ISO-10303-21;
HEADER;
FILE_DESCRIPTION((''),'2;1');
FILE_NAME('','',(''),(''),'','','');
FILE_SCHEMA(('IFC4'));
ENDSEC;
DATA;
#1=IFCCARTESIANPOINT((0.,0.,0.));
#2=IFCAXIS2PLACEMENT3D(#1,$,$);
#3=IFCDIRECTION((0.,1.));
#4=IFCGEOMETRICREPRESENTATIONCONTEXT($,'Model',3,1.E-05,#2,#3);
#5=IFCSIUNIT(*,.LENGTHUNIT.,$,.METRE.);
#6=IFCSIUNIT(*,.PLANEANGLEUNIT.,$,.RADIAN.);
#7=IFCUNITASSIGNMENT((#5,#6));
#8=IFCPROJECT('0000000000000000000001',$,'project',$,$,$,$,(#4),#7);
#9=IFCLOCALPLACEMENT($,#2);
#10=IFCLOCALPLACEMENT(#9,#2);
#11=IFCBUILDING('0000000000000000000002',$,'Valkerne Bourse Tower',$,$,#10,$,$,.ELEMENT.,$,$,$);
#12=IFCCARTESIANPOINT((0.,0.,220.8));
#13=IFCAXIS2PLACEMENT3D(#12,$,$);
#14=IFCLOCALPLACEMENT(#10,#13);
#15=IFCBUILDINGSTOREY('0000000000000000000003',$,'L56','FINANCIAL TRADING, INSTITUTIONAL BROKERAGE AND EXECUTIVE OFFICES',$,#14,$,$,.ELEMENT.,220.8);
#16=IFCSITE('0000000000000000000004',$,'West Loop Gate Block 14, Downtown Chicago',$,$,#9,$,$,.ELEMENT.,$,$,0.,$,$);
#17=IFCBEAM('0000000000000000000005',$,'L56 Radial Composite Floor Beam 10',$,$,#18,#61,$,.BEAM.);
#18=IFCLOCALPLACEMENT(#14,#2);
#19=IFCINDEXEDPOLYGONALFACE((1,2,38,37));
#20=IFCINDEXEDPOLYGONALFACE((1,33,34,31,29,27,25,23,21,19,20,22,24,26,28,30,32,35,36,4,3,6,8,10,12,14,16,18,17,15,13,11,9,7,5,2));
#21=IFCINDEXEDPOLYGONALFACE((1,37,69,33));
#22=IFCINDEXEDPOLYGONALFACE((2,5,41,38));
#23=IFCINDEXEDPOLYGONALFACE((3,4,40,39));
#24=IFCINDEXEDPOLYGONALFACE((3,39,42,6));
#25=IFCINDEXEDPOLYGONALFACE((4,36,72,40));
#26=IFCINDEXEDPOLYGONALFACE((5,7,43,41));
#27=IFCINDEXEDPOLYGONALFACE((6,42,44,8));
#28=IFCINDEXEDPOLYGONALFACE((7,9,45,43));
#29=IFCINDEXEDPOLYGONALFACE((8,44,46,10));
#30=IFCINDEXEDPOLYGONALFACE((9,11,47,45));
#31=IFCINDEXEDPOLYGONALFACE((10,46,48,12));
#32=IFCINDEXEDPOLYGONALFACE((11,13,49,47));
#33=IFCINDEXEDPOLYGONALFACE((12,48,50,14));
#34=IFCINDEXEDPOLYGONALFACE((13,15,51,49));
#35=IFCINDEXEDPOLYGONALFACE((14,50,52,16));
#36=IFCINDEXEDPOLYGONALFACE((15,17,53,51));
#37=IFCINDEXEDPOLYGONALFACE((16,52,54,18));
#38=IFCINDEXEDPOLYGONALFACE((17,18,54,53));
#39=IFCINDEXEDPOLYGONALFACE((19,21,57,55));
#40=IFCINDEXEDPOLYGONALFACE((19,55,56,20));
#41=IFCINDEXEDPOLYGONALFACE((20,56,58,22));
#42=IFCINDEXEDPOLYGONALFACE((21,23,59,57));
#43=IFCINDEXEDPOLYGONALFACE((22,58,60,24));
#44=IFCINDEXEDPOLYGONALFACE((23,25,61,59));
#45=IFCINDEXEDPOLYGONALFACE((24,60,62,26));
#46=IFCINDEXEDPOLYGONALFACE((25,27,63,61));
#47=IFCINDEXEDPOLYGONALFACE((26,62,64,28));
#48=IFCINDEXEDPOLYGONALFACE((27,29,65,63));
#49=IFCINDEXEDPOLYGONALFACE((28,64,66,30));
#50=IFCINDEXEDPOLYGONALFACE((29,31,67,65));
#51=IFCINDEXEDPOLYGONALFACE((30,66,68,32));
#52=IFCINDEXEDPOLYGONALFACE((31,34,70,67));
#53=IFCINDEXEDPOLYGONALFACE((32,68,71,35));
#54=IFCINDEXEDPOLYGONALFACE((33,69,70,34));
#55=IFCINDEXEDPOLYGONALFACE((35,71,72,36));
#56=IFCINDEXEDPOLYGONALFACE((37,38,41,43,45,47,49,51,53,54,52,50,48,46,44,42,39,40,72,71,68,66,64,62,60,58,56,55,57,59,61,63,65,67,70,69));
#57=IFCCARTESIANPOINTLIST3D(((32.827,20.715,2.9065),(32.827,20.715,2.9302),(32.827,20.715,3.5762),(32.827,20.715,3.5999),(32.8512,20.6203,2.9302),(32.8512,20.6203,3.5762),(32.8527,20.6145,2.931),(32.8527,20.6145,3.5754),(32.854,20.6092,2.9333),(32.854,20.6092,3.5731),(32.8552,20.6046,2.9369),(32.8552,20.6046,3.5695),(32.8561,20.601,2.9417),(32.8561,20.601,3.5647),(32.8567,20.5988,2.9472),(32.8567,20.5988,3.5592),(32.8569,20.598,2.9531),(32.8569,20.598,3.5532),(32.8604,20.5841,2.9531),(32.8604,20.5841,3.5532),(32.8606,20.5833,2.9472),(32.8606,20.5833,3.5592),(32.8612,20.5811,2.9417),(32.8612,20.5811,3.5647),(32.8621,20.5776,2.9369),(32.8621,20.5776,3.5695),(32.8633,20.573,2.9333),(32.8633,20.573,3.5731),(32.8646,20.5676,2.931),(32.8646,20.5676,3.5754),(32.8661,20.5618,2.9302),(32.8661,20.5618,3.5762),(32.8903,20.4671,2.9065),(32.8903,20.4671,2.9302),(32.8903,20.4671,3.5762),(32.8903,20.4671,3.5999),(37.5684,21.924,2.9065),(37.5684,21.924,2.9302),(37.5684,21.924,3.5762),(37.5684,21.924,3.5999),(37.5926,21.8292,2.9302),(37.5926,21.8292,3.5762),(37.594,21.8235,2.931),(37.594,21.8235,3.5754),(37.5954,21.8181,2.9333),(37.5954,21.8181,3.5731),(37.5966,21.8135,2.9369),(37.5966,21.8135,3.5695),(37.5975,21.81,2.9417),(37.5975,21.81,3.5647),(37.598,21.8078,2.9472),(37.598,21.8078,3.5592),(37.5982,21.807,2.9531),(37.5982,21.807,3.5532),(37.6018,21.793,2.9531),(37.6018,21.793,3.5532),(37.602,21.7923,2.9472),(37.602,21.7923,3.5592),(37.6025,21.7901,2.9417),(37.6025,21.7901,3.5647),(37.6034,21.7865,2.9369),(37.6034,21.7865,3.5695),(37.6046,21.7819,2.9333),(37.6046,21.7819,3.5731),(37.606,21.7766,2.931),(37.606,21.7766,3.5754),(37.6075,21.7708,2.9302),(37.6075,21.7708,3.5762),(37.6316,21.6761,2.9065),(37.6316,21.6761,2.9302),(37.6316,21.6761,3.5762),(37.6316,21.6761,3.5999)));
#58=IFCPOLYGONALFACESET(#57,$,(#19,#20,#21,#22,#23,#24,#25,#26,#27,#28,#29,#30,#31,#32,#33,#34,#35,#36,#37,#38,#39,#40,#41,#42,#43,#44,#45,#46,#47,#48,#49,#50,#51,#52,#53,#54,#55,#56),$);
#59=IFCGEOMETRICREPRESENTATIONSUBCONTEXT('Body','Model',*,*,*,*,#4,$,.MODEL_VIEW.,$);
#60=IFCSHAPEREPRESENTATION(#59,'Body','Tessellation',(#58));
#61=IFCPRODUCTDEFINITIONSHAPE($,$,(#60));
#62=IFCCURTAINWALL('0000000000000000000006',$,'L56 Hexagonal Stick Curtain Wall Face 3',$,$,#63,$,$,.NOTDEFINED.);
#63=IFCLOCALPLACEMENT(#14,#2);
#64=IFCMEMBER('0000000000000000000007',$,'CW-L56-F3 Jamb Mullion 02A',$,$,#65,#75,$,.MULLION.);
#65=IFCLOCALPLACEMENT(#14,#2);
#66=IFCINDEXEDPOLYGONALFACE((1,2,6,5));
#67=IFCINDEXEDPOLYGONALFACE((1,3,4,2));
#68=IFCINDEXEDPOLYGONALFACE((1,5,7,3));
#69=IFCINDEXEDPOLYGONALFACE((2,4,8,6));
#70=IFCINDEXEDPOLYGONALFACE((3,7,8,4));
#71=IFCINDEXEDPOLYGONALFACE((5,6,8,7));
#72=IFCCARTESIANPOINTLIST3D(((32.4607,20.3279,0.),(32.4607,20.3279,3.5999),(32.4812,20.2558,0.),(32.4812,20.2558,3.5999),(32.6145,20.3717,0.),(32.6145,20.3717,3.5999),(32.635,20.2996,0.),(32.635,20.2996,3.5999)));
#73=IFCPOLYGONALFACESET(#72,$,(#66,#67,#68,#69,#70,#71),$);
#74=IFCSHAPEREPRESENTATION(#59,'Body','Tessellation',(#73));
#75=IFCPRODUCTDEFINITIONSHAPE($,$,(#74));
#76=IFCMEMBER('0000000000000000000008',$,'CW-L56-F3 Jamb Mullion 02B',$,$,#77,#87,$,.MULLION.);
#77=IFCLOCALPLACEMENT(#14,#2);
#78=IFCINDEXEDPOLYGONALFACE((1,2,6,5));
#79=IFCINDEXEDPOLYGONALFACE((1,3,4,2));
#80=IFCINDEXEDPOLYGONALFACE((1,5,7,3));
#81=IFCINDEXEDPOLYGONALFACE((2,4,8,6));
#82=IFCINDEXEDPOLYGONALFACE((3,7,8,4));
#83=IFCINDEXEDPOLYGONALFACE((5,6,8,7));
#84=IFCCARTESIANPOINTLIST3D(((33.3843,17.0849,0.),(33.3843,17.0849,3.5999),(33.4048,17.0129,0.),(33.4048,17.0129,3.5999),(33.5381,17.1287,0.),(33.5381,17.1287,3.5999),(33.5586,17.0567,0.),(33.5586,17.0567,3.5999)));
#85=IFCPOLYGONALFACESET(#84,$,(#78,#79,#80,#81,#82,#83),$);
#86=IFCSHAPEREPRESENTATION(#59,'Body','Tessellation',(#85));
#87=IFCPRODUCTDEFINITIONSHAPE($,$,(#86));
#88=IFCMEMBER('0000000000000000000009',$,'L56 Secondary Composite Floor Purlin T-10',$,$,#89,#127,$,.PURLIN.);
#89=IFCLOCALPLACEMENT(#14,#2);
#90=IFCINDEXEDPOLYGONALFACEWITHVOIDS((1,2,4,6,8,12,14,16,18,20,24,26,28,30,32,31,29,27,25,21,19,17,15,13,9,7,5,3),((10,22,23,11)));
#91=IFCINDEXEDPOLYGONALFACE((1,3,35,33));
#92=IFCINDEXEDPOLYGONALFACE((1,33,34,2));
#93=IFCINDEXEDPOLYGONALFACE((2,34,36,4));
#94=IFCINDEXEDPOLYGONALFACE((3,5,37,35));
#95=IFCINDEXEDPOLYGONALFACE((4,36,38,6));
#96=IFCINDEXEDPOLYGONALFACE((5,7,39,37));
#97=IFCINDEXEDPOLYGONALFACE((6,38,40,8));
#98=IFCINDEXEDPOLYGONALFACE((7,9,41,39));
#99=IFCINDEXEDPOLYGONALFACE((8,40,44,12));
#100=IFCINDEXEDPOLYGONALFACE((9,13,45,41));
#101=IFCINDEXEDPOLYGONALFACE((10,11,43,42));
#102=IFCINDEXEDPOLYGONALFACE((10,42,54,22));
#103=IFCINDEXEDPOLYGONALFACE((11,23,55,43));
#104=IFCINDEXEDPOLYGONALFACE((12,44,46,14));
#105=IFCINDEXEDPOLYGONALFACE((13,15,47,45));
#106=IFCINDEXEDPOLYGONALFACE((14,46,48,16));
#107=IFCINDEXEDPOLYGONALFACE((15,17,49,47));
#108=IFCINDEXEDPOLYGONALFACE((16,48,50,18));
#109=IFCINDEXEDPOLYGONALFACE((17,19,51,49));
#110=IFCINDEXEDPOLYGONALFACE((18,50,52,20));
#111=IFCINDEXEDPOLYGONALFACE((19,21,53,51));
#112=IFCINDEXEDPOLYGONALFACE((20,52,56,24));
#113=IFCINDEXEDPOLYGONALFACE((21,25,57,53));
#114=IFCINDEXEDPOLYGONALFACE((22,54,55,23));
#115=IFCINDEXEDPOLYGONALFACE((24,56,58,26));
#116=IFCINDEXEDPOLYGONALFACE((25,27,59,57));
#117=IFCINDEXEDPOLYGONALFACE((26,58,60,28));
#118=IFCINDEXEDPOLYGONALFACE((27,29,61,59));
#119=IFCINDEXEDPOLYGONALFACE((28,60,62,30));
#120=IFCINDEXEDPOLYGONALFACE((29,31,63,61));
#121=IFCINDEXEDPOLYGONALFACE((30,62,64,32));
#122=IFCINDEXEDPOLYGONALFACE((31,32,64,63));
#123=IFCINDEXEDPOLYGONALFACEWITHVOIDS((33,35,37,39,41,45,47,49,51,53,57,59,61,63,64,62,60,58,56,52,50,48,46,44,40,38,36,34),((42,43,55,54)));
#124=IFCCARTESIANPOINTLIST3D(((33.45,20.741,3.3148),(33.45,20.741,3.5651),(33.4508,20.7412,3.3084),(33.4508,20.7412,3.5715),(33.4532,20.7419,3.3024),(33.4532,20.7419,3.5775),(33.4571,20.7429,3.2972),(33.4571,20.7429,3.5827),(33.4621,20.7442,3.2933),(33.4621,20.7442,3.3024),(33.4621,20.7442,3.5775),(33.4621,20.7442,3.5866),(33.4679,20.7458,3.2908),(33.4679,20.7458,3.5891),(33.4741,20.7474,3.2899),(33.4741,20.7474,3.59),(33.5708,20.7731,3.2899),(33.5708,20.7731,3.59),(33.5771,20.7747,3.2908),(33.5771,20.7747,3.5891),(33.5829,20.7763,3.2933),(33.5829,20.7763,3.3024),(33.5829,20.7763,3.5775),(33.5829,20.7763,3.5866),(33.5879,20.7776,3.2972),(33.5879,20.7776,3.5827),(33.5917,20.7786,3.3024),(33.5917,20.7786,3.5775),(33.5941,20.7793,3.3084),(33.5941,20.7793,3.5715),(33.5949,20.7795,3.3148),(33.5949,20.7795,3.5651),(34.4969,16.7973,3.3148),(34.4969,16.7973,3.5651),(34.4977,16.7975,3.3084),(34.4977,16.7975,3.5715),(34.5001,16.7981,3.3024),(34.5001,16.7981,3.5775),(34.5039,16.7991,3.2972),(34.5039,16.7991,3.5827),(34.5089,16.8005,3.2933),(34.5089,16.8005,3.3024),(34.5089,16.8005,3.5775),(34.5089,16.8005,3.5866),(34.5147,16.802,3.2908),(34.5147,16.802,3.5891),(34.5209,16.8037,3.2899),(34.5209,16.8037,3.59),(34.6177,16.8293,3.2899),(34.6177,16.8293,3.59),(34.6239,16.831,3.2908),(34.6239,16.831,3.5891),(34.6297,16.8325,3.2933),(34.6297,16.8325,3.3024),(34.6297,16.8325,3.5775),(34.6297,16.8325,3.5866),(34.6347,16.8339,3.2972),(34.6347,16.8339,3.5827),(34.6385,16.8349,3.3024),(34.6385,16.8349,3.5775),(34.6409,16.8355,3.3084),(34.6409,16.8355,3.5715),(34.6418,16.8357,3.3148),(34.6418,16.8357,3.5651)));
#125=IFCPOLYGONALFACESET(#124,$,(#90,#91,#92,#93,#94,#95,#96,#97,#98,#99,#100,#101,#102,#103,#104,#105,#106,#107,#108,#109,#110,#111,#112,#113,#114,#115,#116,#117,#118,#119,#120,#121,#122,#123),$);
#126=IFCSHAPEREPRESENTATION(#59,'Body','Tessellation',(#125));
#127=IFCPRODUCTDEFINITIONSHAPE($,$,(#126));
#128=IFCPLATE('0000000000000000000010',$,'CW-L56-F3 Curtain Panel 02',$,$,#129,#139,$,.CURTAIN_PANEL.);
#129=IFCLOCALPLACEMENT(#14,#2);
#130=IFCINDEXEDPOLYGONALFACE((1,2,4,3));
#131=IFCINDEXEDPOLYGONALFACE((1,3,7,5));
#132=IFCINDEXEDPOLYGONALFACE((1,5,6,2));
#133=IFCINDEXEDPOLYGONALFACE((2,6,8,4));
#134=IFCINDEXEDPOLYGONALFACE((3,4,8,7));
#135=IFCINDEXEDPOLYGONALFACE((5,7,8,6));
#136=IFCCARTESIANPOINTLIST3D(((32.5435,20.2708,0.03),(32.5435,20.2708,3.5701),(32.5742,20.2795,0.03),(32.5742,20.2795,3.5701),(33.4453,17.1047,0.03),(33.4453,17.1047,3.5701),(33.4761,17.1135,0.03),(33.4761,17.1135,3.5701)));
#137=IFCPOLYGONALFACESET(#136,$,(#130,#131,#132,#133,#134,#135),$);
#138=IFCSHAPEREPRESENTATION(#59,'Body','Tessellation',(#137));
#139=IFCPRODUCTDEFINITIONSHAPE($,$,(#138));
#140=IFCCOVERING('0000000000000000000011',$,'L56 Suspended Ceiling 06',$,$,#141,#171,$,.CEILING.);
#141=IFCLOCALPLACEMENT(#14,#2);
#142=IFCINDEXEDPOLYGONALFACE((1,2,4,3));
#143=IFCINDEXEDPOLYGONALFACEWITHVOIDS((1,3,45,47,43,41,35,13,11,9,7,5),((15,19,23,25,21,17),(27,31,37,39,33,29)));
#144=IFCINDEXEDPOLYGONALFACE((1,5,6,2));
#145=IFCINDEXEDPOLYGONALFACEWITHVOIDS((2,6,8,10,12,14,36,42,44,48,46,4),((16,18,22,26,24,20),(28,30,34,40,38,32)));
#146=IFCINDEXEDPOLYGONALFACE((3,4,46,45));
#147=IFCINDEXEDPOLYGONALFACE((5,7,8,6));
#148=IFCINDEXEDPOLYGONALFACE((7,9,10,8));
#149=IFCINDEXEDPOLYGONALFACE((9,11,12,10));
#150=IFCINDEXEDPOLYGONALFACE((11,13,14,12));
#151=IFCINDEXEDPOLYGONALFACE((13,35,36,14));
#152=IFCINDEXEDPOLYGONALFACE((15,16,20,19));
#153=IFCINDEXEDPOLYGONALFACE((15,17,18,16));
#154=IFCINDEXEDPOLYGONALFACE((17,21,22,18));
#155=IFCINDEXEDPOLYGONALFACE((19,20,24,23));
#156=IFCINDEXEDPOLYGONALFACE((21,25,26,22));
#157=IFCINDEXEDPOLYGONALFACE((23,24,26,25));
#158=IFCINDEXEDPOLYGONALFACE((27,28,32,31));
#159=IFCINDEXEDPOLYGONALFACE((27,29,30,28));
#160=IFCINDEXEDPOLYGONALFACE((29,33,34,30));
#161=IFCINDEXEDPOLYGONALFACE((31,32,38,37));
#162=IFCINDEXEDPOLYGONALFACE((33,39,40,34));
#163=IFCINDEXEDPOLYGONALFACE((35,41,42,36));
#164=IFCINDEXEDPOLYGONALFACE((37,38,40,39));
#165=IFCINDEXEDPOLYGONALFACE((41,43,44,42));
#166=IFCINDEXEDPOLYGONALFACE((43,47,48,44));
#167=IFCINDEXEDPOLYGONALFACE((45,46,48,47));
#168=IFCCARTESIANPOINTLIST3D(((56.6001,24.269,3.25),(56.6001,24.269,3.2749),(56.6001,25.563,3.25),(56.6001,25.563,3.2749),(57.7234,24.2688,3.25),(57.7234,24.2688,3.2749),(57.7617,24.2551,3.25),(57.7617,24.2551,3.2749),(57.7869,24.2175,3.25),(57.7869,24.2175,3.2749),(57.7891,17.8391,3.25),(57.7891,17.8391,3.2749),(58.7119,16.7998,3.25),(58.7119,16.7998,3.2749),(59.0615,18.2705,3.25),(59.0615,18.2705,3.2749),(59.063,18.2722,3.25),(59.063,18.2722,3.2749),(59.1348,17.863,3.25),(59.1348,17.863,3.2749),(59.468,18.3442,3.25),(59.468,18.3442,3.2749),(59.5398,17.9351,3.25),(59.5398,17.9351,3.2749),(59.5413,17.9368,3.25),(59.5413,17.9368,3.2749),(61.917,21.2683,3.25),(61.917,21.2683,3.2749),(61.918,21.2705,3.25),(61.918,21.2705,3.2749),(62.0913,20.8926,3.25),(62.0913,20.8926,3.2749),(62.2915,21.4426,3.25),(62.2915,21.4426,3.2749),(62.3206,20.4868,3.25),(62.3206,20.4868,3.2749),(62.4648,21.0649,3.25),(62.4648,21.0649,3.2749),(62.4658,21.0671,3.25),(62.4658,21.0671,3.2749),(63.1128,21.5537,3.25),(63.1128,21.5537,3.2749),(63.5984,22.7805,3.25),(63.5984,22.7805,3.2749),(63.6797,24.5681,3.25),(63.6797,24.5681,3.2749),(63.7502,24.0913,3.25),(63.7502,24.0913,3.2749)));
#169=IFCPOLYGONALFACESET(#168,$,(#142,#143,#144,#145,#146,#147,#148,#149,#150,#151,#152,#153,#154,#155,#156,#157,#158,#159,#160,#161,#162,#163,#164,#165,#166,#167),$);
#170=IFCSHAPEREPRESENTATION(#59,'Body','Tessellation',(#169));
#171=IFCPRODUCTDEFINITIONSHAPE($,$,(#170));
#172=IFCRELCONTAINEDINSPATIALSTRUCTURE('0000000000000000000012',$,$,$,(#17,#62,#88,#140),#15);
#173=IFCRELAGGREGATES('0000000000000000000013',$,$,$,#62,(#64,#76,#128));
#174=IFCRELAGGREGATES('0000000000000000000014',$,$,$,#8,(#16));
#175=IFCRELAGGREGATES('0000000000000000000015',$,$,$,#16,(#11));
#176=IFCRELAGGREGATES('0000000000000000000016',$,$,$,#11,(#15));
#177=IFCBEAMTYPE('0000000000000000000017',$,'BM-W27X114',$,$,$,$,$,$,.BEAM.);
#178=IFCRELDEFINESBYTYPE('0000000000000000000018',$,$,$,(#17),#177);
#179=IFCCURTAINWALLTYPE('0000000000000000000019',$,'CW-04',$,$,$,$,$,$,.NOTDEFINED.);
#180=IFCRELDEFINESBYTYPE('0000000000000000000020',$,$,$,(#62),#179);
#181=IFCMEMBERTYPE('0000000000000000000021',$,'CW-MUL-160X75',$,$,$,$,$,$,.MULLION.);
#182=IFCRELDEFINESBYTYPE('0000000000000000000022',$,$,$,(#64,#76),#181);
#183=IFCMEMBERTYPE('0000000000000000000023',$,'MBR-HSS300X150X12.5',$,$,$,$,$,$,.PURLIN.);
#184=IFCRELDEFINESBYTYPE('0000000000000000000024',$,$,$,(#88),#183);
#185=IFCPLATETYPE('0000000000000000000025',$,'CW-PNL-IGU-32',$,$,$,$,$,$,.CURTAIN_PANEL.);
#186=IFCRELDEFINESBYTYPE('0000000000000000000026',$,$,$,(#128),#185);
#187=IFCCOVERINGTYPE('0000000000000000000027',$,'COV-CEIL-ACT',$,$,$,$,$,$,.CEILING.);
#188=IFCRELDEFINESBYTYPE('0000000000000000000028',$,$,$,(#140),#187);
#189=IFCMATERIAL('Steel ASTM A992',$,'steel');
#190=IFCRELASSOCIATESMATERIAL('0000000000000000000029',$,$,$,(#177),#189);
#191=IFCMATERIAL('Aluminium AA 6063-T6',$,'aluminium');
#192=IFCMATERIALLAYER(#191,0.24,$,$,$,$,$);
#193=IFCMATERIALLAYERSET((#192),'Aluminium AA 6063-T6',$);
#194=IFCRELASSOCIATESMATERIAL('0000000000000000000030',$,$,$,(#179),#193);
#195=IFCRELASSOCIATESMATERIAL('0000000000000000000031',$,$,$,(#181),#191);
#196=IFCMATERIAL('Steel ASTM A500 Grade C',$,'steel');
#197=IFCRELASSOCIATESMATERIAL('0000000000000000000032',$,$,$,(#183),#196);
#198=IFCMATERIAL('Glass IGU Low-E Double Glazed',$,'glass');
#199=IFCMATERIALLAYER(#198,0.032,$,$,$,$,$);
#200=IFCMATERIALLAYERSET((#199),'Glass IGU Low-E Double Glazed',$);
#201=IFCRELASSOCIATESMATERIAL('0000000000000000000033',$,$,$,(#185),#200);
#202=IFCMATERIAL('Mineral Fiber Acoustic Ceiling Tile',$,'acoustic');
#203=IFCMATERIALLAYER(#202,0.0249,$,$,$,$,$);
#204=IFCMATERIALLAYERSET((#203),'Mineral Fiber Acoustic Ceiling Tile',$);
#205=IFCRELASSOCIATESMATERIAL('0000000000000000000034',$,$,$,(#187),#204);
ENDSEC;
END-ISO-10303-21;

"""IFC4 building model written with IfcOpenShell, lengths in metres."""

from ifc_helpers import new_model, si_unit, direction, frame, origin, origin_2d, place, context, subcontext, project, spatial, polyline, rectangle, hollow_rectangle, i_section, outline, extrude, material, layer, layer_set, material_profile, profile_set, type_object, element, aggregate, save


model = new_model("IFC4")

# Units and contexts
model_context = context("Model", 3, precision=1e-05, world=origin(), true_north=direction((0.0, 1.0)))
body_context = subcontext(model_context, "Body", "Model", "MODEL_VIEW")
ifc_project = project(units=[si_unit("LENGTHUNIT", "METRE"), si_unit("PLANEANGLEUNIT", "RADIAN")], contexts=[model_context])

# Site, building, storey
site_placement = place(None, origin())
site = spatial("IfcSite", under=ifc_project, at=site_placement, Name="West Loop Gate Block 14, Downtown Chicago", CompositionType="ELEMENT", RefElevation=0.0)
building_placement = place(site_placement, origin())
building = spatial("IfcBuilding", under=site, at=building_placement, Name="Valkerne Bourse Tower", CompositionType="ELEMENT")
storey_placement = place(building_placement, frame((0.0, 0.0, 220.8)))
storey = spatial("IfcBuildingStorey", under=building, at=storey_placement, Name="L56", Description="FINANCIAL TRADING, INSTITUTIONAL BROKERAGE AND EXECUTIVE OFFICES", CompositionType="ELEMENT", Elevation=220.8)

# Beam
ifc_material_1 = material(Name="Steel ASTM A992", Category="steel")
ifc_material_profile_1 = material_profile(ifc_material_1, i_section(OverallWidth=0.2559, OverallDepth=0.6934, WebThickness=0.0144, FlangeThickness=0.0237, FilletRadius=0.0229, at=origin_2d()), Name="W27X114")
ifc_profile_set_1 = profile_set([ifc_material_profile_1], Name="Steel ASTM A992")
beam_type_1 = type_object("IfcBeamType", Name="BM-W27X114", PredefinedType="BEAM", material=ifc_profile_set_1)
beam_1_placement = place(storey_placement, frame((32.8586, 20.5911, 3.2532), z_axis=(0.968996, 0.247076, 0.0), x_axis=(-0.247076, 0.968996, 0.0)))
element("IfcBeam", 1, at=beam_1_placement, inside=storey, type_object=beam_type_1, Name="L56 Radial Composite Floor Beam 10", PredefinedType="BEAM", context=body_context, shape_type="SweptSolid", body=[
    extrude(i_section(OverallWidth=0.2559, OverallDepth=0.6934, WebThickness=0.0144, FlangeThickness=0.0237, FilletRadius=0.0229, at=origin_2d()), origin(), (0.0, 0.0, 1.0), 4.8931),
])

# Curtain wall, members
ifc_material_2 = material(Name="Aluminium AA 6063-T6", Category="aluminium")
ifc_layer_1 = layer(ifc_material_2, 0.24)
ifc_layer_set_1 = layer_set([ifc_layer_1], Name="Aluminium AA 6063-T6")
curtain_wall_type = type_object("IfcCurtainWallType", Name="CW-04", PredefinedType="NOTDEFINED", material=ifc_layer_set_1)
curtain_wall_placement = place(storey_placement, origin())
curtain_wall = element("IfcCurtainWall", 2, at=curtain_wall_placement, inside=storey, type_object=curtain_wall_type, Name="L56 Hexagonal Stick Curtain Wall Face 3", PredefinedType="NOTDEFINED")
ifc_material_profile_2 = material_profile(ifc_material_2, rectangle(XDim=0.075, YDim=0.1599, at=origin_2d()), Name="CWM-75X160")
ifc_profile_set_2 = profile_set([ifc_material_profile_2], Name="Aluminium AA 6063-T6")
member_type_1 = type_object("IfcMemberType", Name="CW-MUL-160X75", PredefinedType="MULLION", material=ifc_profile_set_2)
member_1_placement = place(storey_placement, frame((32.5479, 20.3137, 0.0), z_axis=(0.0, 0.0, 1.0), x_axis=(0.273959, -0.961741, 0.0)))
member_1 = element("IfcMember", 3, at=member_1_placement, type_object=member_type_1, Name="CW-L56-F3 Jamb Mullion 02A", PredefinedType="MULLION", context=body_context, shape_type="SweptSolid", body=[
    extrude(rectangle(XDim=0.075, YDim=0.1599, at=origin_2d()), origin(), (0.0, 0.0, 1.0), 3.5999),
])
member_2_placement = place(storey_placement, frame((33.4714, 17.0708, 0.0), z_axis=(0.0, 0.0, 1.0), x_axis=(0.273959, -0.961741, 0.0)))
member_2 = element("IfcMember", 4, at=member_2_placement, type_object=member_type_1, Name="CW-L56-F3 Jamb Mullion 02B", PredefinedType="MULLION", context=body_context, shape_type="SweptSolid", body=[
    extrude(rectangle(XDim=0.075, YDim=0.1599, at=origin_2d()), origin(), (0.0, 0.0, 1.0), 3.5999),
])

# Member
ifc_material_3 = material(Name="Steel ASTM A500 Grade C", Category="steel")
ifc_material_profile_3 = material_profile(ifc_material_3, hollow_rectangle(XDim=0.1499, YDim=0.3, WallThickness=0.0125, OuterFilletRadius=0.0249, at=origin_2d()), Name="HSS300X150X12.5")
ifc_profile_set_3 = profile_set([ifc_material_profile_3], Name="Steel ASTM A500 Grade C")
member_type_2 = type_object("IfcMemberType", Name="MBR-HSS300X150X12.5", PredefinedType="PURLIN", material=ifc_profile_set_3)
member_3_placement = place(storey_placement, frame((33.5225, 20.7603, 3.4399), z_axis=(0.25656, -0.966528, 0.0), x_axis=(0.966528, 0.25656, 0.0)))
element("IfcMember", 5, at=member_3_placement, inside=storey, type_object=member_type_2, Name="L56 Secondary Composite Floor Purlin T-10", PredefinedType="PURLIN", context=body_context, shape_type="SweptSolid", body=[
    extrude(hollow_rectangle(XDim=0.1499, YDim=0.3, WallThickness=0.0125, OuterFilletRadius=0.0249, at=origin_2d()), origin(), (0.0, 0.0, 1.0), 4.0803),
])

# Plate
ifc_material_4 = material(Name="Glass IGU Low-E Double Glazed", Category="glass")
ifc_layer_2 = layer(ifc_material_4, 0.032)
ifc_layer_set_2 = layer_set([ifc_layer_2], Name="Glass IGU Low-E Double Glazed")
plate_type = type_object("IfcPlateType", Name="CW-PNL-IGU-32", PredefinedType="CURTAIN_PANEL", material=ifc_layer_set_2)
plate_placement = place(storey_placement, frame((33.0098, 18.6921, 0.03), z_axis=(0.0, 0.0, 1.0), x_axis=(0.273959, -0.961741, 0.0)))
plate = element("IfcPlate", 6, at=plate_placement, type_object=plate_type, Name="CW-L56-F3 Curtain Panel 02", PredefinedType="CURTAIN_PANEL", context=body_context, shape_type="SweptSolid", body=[
    extrude(rectangle(XDim=3.292, YDim=0.032, at=origin_2d()), origin(), (0.0, 0.0, 1.0), 3.54),
])
aggregate(curtain_wall, [member_1, member_2, plate])

# Covering
ifc_material_5 = material(Name="Mineral Fiber Acoustic Ceiling Tile", Category="acoustic")
ifc_layer_3 = layer(ifc_material_5, 0.0249)
ifc_layer_set_3 = layer_set([ifc_layer_3], Name="Mineral Fiber Acoustic Ceiling Tile")
covering_type_1 = type_object("IfcCoveringType", Name="COV-CEIL-ACT", PredefinedType="CEILING", material=ifc_layer_set_3)
covering_1_placement = place(storey_placement, frame((0.0, 0.0, 3.25)))
element("IfcCovering", 7, at=covering_1_placement, inside=storey, type_object=covering_type_1, Name="L56 Suspended Ceiling 06", PredefinedType="CEILING", context=body_context, shape_type="SweptSolid", body=[
    extrude(outline(polyline([(63.1128, 21.5537), (62.3206, 20.4868), (58.7119, 16.7998), (57.7891, 17.8391), (57.7869, 24.2175), (57.7617, 24.2551), (57.7234, 24.2688), (56.6001, 24.269), (56.6001, 25.563), (63.6797, 24.5681), (63.7502, 24.0913), (63.5984, 22.7805), (63.1128, 21.5537)]), holes=[polyline([(59.5413, 17.9368), (59.468, 18.3442), (59.063, 18.2722), (59.0615, 18.2705), (59.1348, 17.863), (59.5398, 17.9351), (59.5413, 17.9368)]), polyline([(62.4658, 21.0671), (62.2915, 21.4426), (61.918, 21.2705), (61.917, 21.2683), (62.0913, 20.8926), (62.4648, 21.0649), (62.4658, 21.0671)])]), origin(), (0.0, 0.0, 1.0), 0.0249),
])

save(model, "model.ifc")
